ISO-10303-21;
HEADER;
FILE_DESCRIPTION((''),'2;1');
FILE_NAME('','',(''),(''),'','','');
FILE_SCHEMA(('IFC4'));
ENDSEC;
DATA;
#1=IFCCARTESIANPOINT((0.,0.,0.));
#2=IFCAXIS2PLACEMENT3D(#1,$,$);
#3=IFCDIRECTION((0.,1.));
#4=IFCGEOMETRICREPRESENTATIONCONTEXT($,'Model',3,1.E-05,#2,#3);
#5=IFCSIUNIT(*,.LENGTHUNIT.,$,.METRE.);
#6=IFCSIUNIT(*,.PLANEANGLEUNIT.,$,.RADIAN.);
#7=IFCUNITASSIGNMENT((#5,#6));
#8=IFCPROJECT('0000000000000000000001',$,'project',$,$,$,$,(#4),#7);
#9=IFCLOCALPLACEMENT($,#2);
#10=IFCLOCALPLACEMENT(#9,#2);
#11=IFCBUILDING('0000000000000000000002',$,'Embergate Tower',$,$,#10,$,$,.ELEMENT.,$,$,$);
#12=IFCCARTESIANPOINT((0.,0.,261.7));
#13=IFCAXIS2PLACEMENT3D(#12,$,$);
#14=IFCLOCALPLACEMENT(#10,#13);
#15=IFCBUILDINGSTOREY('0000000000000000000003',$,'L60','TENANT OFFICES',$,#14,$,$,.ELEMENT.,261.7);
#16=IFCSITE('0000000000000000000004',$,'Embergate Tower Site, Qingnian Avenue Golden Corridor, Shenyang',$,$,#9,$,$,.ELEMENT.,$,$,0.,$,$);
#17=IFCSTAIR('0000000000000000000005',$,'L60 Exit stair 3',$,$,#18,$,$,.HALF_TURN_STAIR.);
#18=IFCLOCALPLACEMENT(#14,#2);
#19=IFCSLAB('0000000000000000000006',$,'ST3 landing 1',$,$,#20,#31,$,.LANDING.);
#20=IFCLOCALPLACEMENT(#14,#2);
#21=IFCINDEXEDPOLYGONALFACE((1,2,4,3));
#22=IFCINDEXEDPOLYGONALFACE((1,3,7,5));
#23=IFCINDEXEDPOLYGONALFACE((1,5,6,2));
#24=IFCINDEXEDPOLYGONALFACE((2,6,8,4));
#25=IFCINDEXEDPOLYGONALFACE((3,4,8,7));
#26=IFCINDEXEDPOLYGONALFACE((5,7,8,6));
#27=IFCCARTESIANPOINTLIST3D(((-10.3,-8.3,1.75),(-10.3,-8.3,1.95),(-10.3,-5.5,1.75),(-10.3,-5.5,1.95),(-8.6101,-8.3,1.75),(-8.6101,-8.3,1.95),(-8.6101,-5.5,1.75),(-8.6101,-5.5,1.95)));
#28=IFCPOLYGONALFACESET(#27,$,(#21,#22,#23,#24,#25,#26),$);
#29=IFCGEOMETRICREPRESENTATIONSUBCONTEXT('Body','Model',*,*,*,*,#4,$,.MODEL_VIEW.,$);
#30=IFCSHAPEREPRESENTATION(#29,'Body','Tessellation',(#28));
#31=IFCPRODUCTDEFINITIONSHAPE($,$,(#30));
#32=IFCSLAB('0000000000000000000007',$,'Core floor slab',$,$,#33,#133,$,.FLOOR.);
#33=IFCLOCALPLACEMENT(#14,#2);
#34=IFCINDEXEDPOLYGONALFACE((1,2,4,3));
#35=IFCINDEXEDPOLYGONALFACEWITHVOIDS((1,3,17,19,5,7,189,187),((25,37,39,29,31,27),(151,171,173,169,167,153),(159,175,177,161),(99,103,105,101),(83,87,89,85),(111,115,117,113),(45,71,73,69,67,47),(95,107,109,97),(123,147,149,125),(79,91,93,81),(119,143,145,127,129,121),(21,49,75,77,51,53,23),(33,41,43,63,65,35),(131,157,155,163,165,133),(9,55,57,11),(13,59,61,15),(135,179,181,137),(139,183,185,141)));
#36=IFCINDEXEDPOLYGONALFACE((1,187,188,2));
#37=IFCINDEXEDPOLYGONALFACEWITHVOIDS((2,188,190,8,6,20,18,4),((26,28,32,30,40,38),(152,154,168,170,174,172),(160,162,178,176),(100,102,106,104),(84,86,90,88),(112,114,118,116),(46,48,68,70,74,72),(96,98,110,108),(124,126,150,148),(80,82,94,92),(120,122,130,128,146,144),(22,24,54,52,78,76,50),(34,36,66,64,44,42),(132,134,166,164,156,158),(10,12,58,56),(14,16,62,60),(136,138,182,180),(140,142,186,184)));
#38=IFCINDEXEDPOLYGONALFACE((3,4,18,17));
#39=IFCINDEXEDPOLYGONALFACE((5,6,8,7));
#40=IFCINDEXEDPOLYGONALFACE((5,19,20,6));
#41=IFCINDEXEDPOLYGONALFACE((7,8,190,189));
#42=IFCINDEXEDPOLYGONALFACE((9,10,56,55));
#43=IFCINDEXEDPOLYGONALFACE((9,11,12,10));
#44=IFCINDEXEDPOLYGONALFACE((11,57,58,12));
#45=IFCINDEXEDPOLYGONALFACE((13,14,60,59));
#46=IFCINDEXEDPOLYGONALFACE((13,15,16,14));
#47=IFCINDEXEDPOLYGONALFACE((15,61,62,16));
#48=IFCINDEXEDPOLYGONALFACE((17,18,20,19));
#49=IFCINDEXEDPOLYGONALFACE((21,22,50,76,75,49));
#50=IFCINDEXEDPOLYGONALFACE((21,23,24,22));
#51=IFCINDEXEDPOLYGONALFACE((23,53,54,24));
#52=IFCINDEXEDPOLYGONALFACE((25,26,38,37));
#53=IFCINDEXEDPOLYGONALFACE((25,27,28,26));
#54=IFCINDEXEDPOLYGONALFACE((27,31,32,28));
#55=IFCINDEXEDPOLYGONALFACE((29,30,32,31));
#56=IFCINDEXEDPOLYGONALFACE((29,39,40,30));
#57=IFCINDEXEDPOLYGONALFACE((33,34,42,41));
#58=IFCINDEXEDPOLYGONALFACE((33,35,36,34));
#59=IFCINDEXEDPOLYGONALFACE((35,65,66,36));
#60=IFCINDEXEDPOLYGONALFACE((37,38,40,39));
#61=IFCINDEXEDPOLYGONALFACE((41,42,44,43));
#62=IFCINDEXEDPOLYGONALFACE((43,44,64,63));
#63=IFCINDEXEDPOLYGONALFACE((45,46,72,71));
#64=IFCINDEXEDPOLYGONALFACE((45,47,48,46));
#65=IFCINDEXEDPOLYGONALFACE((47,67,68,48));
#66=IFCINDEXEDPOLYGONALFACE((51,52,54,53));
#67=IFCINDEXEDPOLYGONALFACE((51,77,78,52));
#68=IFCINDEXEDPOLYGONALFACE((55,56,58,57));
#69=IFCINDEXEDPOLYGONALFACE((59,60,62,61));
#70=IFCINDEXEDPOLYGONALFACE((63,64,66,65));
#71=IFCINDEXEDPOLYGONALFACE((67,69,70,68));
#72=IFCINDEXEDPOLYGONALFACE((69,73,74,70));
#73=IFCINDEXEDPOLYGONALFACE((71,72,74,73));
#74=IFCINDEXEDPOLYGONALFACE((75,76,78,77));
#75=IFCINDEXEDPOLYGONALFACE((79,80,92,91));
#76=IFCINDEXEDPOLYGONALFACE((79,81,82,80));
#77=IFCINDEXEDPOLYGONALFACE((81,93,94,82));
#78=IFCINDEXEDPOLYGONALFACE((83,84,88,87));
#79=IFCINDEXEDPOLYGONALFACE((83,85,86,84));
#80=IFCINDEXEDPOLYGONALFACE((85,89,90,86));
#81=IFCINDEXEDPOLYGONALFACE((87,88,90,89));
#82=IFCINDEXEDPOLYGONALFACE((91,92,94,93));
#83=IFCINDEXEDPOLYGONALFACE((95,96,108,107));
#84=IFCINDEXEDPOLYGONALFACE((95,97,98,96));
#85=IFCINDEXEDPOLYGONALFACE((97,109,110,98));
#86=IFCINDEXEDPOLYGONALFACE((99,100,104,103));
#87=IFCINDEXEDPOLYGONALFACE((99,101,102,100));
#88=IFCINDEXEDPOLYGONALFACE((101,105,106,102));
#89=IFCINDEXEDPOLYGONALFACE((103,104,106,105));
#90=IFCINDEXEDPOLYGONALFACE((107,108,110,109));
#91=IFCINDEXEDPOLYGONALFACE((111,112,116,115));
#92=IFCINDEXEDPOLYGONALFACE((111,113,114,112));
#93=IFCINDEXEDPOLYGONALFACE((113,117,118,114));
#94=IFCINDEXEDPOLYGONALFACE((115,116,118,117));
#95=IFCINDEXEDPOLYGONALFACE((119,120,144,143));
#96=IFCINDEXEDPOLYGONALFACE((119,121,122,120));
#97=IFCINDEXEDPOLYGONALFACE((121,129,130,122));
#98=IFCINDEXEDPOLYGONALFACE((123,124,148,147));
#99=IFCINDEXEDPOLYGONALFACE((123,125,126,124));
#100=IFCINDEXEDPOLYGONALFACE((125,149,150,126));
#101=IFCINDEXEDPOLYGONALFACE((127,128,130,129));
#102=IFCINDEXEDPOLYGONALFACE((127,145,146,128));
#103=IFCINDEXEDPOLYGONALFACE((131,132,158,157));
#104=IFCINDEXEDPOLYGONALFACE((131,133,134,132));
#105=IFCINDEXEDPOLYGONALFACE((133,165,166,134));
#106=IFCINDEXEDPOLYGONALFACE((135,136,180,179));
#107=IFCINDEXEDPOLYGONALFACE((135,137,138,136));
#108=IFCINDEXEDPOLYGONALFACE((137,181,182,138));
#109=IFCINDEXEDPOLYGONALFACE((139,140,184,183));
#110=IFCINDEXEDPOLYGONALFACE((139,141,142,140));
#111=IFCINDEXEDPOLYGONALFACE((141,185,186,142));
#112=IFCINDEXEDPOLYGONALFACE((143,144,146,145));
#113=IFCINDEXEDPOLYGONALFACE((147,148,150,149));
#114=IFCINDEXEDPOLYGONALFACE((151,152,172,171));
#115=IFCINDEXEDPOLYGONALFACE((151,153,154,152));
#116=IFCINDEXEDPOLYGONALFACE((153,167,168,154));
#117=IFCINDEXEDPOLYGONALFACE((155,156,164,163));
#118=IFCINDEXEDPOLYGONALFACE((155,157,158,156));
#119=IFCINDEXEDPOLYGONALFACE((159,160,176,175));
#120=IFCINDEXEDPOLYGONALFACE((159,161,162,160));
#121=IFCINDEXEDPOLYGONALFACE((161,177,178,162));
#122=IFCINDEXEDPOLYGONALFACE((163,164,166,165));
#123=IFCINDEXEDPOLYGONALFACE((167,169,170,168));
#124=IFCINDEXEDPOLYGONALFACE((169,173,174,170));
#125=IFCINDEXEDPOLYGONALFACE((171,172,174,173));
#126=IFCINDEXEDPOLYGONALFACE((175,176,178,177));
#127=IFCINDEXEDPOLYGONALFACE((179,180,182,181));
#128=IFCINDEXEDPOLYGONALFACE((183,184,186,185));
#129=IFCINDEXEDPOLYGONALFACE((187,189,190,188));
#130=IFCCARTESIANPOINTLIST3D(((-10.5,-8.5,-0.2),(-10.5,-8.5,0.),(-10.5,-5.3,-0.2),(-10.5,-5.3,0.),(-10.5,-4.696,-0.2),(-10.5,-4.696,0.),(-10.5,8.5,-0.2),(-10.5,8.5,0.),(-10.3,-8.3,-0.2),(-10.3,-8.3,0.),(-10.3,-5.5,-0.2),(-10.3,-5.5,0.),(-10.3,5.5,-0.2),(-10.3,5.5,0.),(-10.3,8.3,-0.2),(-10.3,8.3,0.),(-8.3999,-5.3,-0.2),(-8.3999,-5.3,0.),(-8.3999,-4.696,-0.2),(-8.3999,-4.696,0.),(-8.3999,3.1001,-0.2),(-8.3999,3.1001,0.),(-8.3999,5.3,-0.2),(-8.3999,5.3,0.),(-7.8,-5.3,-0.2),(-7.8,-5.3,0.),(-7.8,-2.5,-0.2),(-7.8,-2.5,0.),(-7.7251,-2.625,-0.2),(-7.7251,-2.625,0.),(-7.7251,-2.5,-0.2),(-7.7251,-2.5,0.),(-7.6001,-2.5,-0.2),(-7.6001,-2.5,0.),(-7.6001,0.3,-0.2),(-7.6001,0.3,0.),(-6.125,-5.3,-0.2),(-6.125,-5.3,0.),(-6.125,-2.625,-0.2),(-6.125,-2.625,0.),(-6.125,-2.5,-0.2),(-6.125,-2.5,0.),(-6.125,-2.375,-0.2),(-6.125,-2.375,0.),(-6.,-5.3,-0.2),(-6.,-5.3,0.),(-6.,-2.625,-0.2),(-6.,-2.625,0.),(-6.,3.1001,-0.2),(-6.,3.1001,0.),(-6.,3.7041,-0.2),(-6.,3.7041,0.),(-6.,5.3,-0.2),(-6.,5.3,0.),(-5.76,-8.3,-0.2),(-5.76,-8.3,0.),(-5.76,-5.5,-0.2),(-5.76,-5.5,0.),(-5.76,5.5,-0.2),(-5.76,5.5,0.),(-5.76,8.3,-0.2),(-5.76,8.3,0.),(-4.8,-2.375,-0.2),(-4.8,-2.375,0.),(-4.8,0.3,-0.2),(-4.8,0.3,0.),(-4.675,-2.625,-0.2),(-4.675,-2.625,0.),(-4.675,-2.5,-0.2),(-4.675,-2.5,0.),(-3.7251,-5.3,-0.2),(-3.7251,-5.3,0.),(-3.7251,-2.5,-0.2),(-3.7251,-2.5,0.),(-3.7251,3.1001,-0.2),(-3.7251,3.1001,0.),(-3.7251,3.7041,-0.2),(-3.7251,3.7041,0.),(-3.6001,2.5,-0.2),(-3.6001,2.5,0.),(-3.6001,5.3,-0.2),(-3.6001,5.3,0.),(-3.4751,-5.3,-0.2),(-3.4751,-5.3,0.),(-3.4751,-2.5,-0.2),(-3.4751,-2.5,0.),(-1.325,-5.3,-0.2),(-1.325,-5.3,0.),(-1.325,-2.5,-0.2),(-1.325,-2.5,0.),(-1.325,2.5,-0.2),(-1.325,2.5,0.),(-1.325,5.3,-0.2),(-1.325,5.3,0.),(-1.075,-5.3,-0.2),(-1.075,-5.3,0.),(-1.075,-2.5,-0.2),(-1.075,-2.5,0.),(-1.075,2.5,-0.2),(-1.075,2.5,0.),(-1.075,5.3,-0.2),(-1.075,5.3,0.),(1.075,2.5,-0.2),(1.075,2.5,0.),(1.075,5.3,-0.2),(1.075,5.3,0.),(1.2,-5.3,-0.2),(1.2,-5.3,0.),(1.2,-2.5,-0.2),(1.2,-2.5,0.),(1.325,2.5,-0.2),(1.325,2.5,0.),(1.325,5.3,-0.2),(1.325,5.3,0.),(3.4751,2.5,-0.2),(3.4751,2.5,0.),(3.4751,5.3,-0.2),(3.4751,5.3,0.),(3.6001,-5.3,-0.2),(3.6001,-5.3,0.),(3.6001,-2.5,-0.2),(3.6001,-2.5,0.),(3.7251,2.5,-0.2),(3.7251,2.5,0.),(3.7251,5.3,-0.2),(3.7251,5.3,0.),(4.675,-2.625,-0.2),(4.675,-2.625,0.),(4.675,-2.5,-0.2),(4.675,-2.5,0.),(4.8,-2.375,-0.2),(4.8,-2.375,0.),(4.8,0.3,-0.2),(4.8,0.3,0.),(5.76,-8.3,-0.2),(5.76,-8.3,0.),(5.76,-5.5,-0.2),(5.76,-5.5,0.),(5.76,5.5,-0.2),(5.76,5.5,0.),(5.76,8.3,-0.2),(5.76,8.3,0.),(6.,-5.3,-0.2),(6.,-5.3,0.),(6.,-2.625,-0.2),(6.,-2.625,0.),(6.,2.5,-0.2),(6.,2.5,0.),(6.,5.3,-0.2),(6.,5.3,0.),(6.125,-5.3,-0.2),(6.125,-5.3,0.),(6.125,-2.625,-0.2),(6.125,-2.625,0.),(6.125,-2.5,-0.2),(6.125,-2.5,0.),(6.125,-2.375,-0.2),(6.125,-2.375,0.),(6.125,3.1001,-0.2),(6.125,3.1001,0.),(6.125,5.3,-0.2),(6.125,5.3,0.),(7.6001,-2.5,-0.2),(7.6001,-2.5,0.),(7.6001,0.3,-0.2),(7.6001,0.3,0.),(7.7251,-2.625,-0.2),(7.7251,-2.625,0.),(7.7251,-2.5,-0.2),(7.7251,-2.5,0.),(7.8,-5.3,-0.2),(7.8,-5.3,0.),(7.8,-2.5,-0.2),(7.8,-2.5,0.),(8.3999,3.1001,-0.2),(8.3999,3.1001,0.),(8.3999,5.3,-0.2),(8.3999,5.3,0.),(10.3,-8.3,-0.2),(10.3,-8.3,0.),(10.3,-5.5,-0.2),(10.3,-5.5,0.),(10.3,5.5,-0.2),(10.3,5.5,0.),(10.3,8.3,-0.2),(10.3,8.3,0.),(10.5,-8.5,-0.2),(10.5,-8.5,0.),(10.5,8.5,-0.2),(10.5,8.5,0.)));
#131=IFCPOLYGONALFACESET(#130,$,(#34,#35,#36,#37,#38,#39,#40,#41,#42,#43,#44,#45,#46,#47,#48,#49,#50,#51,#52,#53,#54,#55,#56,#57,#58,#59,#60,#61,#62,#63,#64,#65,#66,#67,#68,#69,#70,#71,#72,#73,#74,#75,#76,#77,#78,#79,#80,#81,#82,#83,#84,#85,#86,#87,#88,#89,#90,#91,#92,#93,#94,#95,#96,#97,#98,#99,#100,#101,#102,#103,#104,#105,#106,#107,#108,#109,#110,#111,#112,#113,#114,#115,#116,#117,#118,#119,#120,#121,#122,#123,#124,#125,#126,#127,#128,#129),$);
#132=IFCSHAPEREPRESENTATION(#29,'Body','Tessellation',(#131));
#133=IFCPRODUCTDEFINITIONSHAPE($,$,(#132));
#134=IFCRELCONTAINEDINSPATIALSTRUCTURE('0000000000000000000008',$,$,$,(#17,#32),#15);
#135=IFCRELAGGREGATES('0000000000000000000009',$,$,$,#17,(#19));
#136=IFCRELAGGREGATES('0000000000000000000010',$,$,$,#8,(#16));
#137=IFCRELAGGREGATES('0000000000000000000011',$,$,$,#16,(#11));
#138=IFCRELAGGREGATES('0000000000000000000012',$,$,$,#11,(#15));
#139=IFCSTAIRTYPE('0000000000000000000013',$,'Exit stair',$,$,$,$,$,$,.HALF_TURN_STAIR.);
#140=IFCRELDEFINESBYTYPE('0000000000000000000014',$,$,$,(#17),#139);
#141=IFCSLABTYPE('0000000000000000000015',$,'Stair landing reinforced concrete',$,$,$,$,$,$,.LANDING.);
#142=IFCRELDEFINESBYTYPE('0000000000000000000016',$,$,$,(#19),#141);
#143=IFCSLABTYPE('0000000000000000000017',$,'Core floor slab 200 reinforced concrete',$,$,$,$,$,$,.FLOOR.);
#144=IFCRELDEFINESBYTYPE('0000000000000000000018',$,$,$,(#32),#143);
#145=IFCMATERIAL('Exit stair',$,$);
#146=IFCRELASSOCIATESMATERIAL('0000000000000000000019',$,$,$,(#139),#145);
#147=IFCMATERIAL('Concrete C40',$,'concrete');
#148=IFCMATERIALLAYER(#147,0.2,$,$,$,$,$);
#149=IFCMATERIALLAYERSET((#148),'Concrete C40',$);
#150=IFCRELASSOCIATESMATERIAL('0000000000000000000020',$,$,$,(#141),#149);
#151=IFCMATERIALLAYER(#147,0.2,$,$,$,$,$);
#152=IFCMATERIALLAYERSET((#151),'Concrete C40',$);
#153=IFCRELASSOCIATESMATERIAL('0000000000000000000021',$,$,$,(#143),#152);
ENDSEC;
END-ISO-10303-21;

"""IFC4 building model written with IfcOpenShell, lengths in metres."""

from ifc_helpers import new_model, si_unit, direction, frame, origin, place, context, subcontext, project, spatial, polyline, outline, extrude, source, transform, mapped, material, layer, layer_set, type_object, element, aggregate, save


model = new_model("IFC4")

# Units and contexts
model_context = context("Model", 3, precision=1e-05, world=origin(), true_north=direction((0.0, 1.0)))
body_context = subcontext(model_context, "Body", "Model", "MODEL_VIEW")
ifc_project = project(units=[si_unit("LENGTHUNIT", "METRE"), si_unit("PLANEANGLEUNIT", "RADIAN")], contexts=[model_context])

# Site, building, storey
site_placement = place(None, origin())
site = spatial("IfcSite", under=ifc_project, at=site_placement, Name="Embergate Tower Site, Qingnian Avenue Golden Corridor, Shenyang", CompositionType="ELEMENT", RefElevation=0.0)
building_placement = place(site_placement, origin())
building = spatial("IfcBuilding", under=site, at=building_placement, Name="Embergate Tower", CompositionType="ELEMENT")
storey_placement = place(building_placement, frame((0.0, 0.0, 261.7)))
storey = spatial("IfcBuildingStorey", under=building, at=storey_placement, Name="L60", Description="TENANT OFFICES", CompositionType="ELEMENT", Elevation=261.7)

# Stair, slab
ifc_material_1 = material(Name="Exit stair")
stair_type = type_object("IfcStairType", Name="Exit stair", PredefinedType="HALF_TURN_STAIR", material=ifc_material_1)
stair_placement = place(storey_placement, origin())
stair = element("IfcStair", 1, at=stair_placement, inside=storey, type_object=stair_type, Name="L60 Exit stair 3", PredefinedType="HALF_TURN_STAIR")
ifc_material_2 = material(Name="Concrete C40", Category="concrete")
ifc_layer_1 = layer(ifc_material_2, 0.2)
ifc_layer_set_1 = layer_set([ifc_layer_1], Name="Concrete C40")
slab_type_1 = type_object("IfcSlabType", Name="Stair landing reinforced concrete", PredefinedType="LANDING", material=ifc_layer_set_1)
shared_shape_1 = source(origin(), body_context, "Body", "SweptSolid", [
    extrude(outline(polyline([(0.0, 0.0), (1.6899, 0.0), (1.6899, 2.8), (0.0, 2.8), (0.0, 0.0)])), origin(), (0.0, 0.0, 1.0), 0.2),
])
slab_1_placement = place(storey_placement, frame((-10.3, -8.3, 1.75)))
slab_1 = element("IfcSlab", 2, at=slab_1_placement, type_object=slab_type_1, Name="ST3 landing 1", PredefinedType="LANDING", context=body_context, shape_type="MappedRepresentation", body=[
    mapped(shared_shape_1, transform((0.0, 0.0, 0.0))),
])
aggregate(stair, [slab_1])

# Slab
ifc_layer_2 = layer(ifc_material_2, 0.2)
ifc_layer_set_2 = layer_set([ifc_layer_2], Name="Concrete C40")
slab_type_2 = type_object("IfcSlabType", Name="Core floor slab 200 reinforced concrete", PredefinedType="FLOOR", material=ifc_layer_set_2)
shared_shape_2 = source(origin(), body_context, "Body", "SweptSolid", [
    extrude(outline(polyline([(0.0, 0.0), (21.0, 0.0), (21.0, 17.0), (0.0, 17.0), (0.0, 3.804), (2.1001, 3.804), (2.1001, 3.2), (0.0, 3.2), (0.0, 0.0)]), holes=[polyline([(0.2, 0.2), (0.2, 3.0), (4.74, 3.0), (4.74, 0.2), (0.2, 0.2)]), polyline([(16.26, 0.2), (16.26, 3.0), (20.8, 3.0), (20.8, 0.2), (16.26, 0.2)]), polyline([(2.7, 3.2), (2.7, 6.0), (2.7749, 6.0), (2.7749, 5.875), (4.375, 5.875), (4.375, 3.2), (2.7, 3.2)]), polyline([(4.5, 3.2), (4.5, 5.875), (5.825, 5.875), (5.825, 6.0), (6.7749, 6.0), (6.7749, 3.2), (4.5, 3.2)]), polyline([(7.0249, 3.2), (7.0249, 6.0), (9.175, 6.0), (9.175, 3.2), (7.0249, 3.2)]), polyline([(9.425, 3.2), (9.425, 6.0), (11.7, 6.0), (11.7, 3.2), (9.425, 3.2)]), polyline([(14.1001, 3.2), (14.1001, 6.0), (15.175, 6.0), (15.175, 5.875), (16.5, 5.875), (16.5, 3.2), (14.1001, 3.2)]), polyline([(16.625, 3.2), (16.625, 5.875), (18.2251, 5.875), (18.2251, 6.0), (18.3, 6.0), (18.3, 3.2), (16.625, 3.2)]), polyline([(2.8999, 6.0), (2.8999, 8.8), (5.7, 8.8), (5.7, 6.125), (4.375, 6.125), (4.375, 6.0), (2.8999, 6.0)]), polyline([(16.625, 6.0), (16.625, 6.125), (15.3, 6.125), (15.3, 8.8), (18.1001, 8.8), (18.1001, 6.0), (16.625, 6.0)]), polyline([(6.8999, 11.0), (6.8999, 13.8), (9.175, 13.8), (9.175, 11.0), (6.8999, 11.0)]), polyline([(9.425, 11.0), (9.425, 13.8), (11.575, 13.8), (11.575, 11.0), (9.425, 11.0)]), polyline([(11.825, 11.0), (11.825, 13.8), (13.9751, 13.8), (13.9751, 11.0), (11.825, 11.0)]), polyline([(14.2251, 11.0), (14.2251, 13.8), (16.5, 13.8), (16.5, 11.0), (14.2251, 11.0)]), polyline([(2.1001, 11.6001), (2.1001, 13.8), (4.5, 13.8), (4.5, 12.2041), (6.7749, 12.2041), (6.7749, 11.6001), (4.5, 11.6001), (2.1001, 11.6001)]), polyline([(16.625, 11.6001), (16.625, 13.8), (18.8999, 13.8), (18.8999, 11.6001), (16.625, 11.6001)]), polyline([(0.2, 14.0), (0.2, 16.8), (4.74, 16.8), (4.74, 14.0), (0.2, 14.0)]), polyline([(16.26, 14.0), (16.26, 16.8), (20.8, 16.8), (20.8, 14.0), (16.26, 14.0)])]), origin(), (0.0, 0.0, 1.0), 0.2),
])
slab_2_placement = place(storey_placement, frame((-10.5, -8.5, -0.2)))
element("IfcSlab", 3, at=slab_2_placement, inside=storey, type_object=slab_type_2, Name="Core floor slab", PredefinedType="FLOOR", context=body_context, shape_type="MappedRepresentation", body=[
    mapped(shared_shape_2, transform((0.0, 0.0, 0.0))),
])

save(model, "model.ifc")
